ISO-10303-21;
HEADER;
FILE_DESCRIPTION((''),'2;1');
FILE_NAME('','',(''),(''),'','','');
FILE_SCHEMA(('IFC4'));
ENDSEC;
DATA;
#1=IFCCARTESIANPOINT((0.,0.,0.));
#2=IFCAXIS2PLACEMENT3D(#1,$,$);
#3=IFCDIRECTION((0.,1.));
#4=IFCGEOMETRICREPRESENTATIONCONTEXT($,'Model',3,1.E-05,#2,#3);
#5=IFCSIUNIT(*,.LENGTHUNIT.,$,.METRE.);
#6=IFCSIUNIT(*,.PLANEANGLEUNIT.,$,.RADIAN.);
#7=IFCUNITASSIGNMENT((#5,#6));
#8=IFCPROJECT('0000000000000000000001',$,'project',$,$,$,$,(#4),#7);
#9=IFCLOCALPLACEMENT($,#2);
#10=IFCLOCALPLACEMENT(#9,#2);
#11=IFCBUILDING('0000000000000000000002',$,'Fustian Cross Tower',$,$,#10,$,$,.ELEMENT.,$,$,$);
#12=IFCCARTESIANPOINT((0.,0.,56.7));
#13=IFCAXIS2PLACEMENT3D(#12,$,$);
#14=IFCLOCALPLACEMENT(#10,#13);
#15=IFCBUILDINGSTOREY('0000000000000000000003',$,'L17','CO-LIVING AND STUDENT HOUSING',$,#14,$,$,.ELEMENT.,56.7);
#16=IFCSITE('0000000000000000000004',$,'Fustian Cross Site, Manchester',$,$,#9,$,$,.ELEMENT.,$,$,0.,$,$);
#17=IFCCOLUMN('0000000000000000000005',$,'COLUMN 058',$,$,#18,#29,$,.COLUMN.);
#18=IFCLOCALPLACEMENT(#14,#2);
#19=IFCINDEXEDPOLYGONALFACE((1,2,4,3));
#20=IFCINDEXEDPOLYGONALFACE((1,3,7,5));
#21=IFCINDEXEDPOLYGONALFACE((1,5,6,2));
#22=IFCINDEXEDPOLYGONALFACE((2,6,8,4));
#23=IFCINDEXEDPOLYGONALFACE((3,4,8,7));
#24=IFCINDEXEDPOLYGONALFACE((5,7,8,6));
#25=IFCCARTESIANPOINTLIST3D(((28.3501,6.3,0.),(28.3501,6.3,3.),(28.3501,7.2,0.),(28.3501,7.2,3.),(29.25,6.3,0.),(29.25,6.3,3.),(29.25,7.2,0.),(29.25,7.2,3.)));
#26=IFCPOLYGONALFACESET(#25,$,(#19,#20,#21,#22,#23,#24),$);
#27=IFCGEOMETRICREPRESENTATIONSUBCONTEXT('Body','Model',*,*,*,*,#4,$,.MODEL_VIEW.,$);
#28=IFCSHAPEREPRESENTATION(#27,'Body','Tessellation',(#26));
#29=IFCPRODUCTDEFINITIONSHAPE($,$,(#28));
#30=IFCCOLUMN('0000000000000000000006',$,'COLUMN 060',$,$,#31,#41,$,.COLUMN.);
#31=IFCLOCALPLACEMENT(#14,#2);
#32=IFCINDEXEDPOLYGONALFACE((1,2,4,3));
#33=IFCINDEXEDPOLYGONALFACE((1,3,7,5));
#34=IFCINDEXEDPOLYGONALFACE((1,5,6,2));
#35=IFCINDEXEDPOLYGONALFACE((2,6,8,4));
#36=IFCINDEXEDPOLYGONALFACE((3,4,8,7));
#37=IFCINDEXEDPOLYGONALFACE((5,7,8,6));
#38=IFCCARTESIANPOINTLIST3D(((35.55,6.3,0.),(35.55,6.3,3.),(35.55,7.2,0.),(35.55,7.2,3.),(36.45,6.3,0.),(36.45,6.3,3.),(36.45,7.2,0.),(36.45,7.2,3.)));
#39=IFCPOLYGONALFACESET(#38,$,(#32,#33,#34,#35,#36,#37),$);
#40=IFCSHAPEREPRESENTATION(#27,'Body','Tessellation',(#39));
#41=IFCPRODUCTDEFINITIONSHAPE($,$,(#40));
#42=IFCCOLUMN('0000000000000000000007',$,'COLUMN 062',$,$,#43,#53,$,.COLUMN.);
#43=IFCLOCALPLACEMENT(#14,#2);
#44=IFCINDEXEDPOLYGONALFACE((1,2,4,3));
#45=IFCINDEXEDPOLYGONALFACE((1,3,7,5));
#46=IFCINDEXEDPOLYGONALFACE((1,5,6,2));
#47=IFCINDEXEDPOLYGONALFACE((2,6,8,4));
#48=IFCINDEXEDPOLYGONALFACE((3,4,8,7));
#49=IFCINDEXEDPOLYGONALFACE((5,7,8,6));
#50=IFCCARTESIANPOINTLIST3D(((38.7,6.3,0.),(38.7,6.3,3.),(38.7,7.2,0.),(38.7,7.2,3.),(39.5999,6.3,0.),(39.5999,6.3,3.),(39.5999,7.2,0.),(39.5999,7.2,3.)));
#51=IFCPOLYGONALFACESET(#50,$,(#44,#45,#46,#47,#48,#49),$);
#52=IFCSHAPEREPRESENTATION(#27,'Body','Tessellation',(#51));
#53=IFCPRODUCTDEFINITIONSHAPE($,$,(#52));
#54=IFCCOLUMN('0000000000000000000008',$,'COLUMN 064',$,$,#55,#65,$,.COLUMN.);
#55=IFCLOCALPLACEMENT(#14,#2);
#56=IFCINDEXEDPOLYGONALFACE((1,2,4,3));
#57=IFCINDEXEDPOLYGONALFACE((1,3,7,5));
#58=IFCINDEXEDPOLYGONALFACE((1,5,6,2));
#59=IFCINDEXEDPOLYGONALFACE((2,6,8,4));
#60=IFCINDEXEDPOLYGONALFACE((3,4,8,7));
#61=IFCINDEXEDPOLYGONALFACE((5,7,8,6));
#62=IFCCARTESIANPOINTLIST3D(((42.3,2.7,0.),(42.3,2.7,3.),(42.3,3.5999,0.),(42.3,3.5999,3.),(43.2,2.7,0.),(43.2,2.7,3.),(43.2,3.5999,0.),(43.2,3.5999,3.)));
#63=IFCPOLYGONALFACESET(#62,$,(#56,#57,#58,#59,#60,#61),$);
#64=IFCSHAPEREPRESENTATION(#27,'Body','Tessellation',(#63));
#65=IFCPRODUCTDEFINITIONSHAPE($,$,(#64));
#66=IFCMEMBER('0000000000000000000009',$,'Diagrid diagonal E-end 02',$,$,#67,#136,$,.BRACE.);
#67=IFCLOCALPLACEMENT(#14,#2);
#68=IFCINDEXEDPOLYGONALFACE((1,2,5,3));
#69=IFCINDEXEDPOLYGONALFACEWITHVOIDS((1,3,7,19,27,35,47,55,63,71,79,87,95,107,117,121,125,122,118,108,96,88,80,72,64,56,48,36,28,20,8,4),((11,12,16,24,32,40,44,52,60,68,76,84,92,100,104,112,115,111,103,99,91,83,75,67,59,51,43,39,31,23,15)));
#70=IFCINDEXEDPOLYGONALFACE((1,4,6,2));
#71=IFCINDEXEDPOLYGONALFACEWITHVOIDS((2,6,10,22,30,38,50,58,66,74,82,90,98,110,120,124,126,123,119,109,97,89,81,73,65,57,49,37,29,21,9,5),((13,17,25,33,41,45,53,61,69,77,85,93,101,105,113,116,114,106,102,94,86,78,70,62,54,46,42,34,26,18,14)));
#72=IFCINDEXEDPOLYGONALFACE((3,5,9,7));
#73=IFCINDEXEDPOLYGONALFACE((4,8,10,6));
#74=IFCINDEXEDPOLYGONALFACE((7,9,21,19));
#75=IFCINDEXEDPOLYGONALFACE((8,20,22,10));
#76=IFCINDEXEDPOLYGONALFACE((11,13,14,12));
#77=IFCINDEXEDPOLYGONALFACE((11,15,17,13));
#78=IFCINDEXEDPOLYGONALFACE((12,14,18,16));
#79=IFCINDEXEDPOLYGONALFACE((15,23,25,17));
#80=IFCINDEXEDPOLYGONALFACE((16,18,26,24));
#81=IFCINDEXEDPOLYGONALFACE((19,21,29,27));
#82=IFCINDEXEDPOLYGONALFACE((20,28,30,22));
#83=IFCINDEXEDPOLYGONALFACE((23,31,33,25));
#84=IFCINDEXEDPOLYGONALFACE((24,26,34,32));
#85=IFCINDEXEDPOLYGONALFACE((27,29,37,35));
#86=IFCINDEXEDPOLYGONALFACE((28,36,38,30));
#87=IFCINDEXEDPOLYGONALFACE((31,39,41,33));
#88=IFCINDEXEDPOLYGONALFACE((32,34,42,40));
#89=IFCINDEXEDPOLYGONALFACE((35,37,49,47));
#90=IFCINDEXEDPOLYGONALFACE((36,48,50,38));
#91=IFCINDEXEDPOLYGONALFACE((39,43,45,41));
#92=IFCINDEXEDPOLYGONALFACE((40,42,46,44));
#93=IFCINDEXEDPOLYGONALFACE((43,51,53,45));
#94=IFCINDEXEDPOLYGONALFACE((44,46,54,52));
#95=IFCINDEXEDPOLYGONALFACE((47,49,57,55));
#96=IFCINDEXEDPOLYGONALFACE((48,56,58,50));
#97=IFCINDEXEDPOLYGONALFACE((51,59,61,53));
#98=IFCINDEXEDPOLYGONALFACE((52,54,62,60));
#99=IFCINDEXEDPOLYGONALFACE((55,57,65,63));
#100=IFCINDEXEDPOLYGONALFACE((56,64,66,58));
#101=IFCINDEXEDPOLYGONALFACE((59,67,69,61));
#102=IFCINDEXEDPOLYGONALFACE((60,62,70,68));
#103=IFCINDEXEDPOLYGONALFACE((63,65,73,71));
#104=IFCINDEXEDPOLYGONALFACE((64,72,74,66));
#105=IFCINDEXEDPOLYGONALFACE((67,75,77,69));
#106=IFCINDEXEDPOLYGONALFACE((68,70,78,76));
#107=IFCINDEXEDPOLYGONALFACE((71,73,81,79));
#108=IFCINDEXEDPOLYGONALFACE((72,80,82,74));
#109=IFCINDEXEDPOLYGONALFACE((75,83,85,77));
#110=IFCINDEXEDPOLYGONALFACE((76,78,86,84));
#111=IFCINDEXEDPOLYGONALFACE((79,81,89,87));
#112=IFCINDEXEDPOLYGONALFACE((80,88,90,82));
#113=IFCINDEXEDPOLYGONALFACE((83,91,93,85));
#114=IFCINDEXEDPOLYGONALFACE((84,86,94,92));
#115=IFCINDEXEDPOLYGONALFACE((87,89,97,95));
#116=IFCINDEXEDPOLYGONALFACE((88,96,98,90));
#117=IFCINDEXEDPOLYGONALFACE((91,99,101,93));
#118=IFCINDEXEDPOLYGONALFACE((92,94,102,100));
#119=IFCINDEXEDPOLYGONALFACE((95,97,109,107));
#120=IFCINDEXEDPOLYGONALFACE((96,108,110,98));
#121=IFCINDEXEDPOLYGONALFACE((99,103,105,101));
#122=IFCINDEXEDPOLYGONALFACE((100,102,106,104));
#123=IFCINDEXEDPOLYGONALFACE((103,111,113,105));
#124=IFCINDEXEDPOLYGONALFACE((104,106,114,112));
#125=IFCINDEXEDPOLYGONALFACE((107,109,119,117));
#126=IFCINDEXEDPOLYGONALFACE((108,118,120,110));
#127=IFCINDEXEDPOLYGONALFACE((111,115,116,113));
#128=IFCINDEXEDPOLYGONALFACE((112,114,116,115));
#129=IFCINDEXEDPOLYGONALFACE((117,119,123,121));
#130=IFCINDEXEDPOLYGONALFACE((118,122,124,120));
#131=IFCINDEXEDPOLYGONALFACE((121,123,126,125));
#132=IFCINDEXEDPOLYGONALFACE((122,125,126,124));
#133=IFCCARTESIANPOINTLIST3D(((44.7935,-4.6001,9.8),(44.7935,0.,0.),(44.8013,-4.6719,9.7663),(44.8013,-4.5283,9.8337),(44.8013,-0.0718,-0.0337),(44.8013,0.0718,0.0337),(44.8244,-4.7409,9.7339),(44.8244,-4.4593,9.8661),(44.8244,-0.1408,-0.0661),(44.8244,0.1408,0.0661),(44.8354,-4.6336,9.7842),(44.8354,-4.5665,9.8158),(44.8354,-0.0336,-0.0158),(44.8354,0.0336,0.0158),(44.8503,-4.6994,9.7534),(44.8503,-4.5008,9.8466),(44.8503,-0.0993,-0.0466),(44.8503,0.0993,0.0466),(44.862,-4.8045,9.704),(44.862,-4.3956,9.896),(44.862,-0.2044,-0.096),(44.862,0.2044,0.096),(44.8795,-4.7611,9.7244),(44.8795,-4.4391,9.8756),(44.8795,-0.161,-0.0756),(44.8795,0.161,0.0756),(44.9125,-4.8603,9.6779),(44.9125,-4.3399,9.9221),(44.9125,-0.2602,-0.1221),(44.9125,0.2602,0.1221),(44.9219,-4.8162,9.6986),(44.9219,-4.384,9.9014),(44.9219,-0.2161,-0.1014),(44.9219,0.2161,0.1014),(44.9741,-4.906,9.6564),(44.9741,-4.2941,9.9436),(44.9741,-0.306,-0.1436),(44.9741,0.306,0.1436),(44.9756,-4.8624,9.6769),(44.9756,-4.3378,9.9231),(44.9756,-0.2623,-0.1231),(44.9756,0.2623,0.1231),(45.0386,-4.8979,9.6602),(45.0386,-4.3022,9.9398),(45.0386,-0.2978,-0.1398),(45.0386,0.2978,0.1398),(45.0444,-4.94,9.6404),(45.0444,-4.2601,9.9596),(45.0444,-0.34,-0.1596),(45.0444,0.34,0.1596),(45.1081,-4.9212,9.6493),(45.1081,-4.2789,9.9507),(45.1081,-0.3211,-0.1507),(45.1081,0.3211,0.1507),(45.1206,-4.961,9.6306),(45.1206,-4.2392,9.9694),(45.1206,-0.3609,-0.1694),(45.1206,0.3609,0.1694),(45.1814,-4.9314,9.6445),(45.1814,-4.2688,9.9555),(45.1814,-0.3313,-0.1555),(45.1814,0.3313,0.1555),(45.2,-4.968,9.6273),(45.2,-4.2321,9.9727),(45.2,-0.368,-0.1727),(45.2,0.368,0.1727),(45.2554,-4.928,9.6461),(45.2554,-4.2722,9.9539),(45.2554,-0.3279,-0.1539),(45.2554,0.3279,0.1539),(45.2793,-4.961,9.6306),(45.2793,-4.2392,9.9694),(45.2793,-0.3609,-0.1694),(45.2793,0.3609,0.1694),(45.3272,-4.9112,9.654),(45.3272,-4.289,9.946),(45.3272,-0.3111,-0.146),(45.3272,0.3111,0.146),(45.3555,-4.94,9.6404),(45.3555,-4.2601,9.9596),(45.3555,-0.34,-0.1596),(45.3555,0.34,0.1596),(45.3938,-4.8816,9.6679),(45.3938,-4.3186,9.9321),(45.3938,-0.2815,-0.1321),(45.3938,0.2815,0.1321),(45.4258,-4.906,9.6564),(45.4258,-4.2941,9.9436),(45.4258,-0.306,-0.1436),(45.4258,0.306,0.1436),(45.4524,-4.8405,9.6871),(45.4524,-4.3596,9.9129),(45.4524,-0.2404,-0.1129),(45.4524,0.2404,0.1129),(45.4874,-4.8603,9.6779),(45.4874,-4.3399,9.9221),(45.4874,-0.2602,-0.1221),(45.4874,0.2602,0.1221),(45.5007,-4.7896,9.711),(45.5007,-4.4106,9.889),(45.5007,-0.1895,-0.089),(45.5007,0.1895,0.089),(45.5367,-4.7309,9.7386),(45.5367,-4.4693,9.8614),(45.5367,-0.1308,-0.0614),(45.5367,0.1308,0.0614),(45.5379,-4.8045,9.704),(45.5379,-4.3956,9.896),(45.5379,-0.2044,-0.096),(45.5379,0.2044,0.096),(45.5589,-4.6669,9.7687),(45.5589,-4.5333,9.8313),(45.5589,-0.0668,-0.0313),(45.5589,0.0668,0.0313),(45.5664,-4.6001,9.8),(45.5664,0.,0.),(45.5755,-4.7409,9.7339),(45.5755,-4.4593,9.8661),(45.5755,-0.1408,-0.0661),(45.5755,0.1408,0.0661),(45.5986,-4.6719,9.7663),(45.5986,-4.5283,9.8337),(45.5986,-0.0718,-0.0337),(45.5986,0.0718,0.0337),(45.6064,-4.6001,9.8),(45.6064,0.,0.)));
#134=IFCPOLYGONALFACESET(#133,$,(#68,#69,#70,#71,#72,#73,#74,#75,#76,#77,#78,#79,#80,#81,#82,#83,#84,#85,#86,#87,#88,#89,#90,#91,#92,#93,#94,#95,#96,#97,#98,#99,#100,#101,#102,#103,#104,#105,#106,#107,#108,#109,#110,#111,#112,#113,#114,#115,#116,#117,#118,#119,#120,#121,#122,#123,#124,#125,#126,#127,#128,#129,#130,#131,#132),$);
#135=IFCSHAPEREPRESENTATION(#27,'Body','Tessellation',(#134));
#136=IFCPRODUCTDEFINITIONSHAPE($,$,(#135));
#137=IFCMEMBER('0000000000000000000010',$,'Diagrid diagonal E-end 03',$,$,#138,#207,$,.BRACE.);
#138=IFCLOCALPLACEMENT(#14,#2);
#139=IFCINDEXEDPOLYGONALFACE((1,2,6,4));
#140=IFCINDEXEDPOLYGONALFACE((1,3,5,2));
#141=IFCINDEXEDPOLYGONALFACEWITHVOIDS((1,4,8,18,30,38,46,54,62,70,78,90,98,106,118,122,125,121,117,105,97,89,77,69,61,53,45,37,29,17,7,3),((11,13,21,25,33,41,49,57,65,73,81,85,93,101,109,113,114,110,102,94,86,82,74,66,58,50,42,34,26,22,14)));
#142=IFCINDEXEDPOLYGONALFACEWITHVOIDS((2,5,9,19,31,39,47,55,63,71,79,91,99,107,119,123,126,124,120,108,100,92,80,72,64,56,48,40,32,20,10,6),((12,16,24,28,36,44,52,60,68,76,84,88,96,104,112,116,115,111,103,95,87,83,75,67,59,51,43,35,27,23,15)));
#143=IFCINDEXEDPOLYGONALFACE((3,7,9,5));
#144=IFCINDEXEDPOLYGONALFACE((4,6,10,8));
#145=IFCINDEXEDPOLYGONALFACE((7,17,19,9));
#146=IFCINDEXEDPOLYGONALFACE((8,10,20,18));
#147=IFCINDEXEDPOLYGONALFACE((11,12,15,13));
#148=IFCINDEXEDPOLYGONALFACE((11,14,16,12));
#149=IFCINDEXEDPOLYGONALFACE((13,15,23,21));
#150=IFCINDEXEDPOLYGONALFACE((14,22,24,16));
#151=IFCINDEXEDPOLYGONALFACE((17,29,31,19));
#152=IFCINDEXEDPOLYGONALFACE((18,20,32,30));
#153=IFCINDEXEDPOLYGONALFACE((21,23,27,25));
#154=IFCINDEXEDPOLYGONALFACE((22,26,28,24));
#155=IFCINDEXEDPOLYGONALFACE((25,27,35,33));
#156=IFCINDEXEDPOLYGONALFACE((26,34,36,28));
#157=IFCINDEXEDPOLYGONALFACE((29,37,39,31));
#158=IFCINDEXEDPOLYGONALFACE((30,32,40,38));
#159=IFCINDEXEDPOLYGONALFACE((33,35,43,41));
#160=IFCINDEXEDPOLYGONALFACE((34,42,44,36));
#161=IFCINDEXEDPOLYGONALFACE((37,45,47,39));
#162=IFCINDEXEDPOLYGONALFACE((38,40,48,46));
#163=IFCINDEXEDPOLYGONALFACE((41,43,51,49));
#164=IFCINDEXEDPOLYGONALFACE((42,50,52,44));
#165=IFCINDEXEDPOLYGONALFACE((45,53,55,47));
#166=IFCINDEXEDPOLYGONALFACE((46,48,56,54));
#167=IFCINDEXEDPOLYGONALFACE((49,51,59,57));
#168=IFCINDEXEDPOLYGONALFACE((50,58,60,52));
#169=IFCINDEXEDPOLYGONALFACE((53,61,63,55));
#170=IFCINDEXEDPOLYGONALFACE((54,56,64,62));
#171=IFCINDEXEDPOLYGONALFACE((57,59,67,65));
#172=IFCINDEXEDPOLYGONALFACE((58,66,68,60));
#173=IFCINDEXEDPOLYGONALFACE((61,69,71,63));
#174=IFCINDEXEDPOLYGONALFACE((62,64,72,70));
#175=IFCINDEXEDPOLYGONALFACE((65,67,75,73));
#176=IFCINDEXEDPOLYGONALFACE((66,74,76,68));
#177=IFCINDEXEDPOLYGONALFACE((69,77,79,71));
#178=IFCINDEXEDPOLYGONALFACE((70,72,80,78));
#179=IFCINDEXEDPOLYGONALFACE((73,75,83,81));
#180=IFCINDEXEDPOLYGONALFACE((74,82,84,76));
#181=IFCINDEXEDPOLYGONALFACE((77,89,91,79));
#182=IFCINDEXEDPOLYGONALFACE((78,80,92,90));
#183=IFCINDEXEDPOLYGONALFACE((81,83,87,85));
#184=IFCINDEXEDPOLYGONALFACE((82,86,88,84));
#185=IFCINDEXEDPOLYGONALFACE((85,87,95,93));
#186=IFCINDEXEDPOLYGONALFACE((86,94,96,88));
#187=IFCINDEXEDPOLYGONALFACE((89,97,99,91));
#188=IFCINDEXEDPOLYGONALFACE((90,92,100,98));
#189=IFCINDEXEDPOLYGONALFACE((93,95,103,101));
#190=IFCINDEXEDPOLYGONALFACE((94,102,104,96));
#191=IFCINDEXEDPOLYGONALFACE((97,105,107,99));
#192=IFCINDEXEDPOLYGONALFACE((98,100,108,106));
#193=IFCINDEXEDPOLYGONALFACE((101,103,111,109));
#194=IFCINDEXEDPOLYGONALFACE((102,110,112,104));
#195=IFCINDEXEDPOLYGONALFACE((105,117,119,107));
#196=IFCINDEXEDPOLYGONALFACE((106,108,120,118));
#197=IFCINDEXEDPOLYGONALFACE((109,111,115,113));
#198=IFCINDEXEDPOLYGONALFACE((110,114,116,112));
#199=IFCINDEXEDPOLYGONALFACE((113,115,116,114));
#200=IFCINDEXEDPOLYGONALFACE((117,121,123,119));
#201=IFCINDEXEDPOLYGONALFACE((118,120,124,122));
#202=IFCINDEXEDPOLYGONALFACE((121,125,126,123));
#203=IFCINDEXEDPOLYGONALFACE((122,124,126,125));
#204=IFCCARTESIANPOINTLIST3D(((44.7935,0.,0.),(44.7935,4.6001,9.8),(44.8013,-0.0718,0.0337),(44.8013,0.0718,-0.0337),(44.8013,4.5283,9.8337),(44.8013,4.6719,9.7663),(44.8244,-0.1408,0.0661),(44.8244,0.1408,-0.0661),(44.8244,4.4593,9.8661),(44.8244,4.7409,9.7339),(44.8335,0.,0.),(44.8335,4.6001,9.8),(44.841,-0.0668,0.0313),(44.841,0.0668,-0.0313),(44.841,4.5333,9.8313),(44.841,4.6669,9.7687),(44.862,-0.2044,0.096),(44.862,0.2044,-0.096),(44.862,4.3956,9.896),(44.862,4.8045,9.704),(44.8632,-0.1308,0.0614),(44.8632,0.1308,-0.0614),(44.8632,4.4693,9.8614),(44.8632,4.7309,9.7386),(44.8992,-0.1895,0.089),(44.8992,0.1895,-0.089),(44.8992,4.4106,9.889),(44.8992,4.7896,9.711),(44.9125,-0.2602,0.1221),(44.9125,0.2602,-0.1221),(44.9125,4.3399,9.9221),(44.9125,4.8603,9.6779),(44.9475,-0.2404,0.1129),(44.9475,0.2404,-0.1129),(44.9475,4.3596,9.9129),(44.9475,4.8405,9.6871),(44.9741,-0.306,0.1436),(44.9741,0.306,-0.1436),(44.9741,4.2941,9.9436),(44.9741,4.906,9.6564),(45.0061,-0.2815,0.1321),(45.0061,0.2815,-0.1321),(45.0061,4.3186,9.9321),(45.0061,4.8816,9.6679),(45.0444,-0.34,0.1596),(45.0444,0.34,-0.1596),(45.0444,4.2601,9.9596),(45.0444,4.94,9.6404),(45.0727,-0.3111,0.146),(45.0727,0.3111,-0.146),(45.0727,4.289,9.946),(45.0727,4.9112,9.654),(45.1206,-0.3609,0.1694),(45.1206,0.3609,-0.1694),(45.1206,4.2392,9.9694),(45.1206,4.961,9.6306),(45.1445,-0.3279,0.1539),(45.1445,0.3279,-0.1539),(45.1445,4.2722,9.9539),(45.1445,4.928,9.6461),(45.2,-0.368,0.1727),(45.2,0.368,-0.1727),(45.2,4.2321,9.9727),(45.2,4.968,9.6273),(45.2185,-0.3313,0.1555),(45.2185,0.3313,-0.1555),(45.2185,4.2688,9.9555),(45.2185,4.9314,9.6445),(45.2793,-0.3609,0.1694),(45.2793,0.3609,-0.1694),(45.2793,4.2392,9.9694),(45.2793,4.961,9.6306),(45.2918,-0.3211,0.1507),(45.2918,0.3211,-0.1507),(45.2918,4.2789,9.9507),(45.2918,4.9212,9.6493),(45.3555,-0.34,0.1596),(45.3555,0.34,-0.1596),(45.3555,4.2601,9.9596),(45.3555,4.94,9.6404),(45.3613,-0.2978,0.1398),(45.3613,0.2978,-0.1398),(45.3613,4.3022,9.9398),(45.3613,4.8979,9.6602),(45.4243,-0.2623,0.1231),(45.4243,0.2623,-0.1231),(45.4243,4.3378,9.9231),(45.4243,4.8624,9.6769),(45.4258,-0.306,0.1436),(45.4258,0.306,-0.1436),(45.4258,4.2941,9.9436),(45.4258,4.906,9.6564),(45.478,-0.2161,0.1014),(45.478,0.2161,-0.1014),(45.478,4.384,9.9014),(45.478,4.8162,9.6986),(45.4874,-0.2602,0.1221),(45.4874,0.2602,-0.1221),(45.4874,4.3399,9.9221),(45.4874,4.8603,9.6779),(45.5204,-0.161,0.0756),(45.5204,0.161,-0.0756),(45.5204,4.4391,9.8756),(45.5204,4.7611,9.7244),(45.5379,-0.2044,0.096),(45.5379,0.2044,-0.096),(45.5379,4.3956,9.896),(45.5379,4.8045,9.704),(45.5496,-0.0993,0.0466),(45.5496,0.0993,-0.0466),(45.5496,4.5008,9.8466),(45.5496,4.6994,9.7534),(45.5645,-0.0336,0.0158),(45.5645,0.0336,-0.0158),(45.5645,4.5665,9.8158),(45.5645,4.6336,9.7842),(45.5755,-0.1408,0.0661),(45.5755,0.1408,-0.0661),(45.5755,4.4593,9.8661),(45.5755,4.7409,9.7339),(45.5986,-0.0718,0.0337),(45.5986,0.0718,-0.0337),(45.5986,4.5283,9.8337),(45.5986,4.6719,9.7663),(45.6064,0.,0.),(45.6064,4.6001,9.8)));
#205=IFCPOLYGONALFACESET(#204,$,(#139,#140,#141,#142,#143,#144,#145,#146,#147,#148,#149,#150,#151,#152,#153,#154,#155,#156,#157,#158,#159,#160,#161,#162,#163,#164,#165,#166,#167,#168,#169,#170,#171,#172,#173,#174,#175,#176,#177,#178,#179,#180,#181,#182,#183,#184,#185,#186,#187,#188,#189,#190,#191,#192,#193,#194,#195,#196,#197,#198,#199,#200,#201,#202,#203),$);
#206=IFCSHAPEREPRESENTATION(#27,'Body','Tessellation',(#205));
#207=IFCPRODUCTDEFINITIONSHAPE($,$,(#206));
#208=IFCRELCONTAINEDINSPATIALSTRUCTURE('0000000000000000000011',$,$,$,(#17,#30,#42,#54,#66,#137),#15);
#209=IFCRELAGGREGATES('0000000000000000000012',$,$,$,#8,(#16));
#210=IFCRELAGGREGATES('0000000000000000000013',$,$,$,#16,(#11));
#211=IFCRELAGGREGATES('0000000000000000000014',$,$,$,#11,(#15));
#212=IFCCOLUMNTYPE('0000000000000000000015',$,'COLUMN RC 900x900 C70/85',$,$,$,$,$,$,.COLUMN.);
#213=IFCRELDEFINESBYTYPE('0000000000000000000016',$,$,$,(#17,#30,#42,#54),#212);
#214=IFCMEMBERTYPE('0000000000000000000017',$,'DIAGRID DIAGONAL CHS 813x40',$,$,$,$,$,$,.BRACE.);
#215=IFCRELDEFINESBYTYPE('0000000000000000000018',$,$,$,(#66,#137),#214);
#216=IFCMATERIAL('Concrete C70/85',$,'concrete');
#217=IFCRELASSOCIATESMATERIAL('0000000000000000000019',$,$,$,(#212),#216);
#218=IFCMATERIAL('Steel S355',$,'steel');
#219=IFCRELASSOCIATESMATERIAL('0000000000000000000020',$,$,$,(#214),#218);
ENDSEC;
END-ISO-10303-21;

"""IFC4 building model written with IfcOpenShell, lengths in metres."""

from ifc_helpers import new_model, si_unit, direction, frame, origin, origin_2d, place, context, subcontext, project, spatial, rectangle, hollow_circle, extrude, material, material_profile, profile_set, type_object, element, save


model = new_model("IFC4")

# Units and contexts
model_context = context("Model", 3, precision=1e-05, world=origin(), true_north=direction((0.0, 1.0)))
body_context = subcontext(model_context, "Body", "Model", "MODEL_VIEW")
ifc_project = project(units=[si_unit("LENGTHUNIT", "METRE"), si_unit("PLANEANGLEUNIT", "RADIAN")], contexts=[model_context])

# Site, building, storey
site_placement = place(None, origin())
site = spatial("IfcSite", under=ifc_project, at=site_placement, Name="Fustian Cross Site, Manchester", CompositionType="ELEMENT", RefElevation=0.0)
building_placement = place(site_placement, origin())
building = spatial("IfcBuilding", under=site, at=building_placement, Name="Fustian Cross Tower", CompositionType="ELEMENT")
storey_placement = place(building_placement, frame((0.0, 0.0, 56.7)))
storey = spatial("IfcBuildingStorey", under=building, at=storey_placement, Name="L17", Description="CO-LIVING AND STUDENT HOUSING", CompositionType="ELEMENT", Elevation=56.7)

# Columns
ifc_material_1 = material(Name="Concrete C70/85", Category="concrete")
ifc_material_profile_1 = material_profile(ifc_material_1, rectangle(XDim=0.8999, YDim=0.8999, at=origin_2d()), Name="RC 900x900")
ifc_profile_set_1 = profile_set([ifc_material_profile_1], Name="Concrete C70/85")
column_type = type_object("IfcColumnType", Name="COLUMN RC 900x900 C70/85", PredefinedType="COLUMN", material=ifc_profile_set_1)
for number, where, z_axis, x_axis, name in (
    (1, (28.8, 6.75, 0.0), (0.0, 0.0, 1.0), (1.0, 0.0, 0.0), "COLUMN 058"),
    (2, (36.0, 6.75, 0.0), (0.0, 0.0, 1.0), (1.0, 0.0, 0.0), "COLUMN 060"),
    (3, (39.1499, 6.75, 0.0), (0.0, 0.0, 1.0), (1.0, 0.0, 0.0), "COLUMN 062"),
    (4, (42.75, 3.1499, 0.0), (0.0, 0.0, 1.0), (1.0, 0.0, 0.0), "COLUMN 064"),
):
    element("IfcColumn", number, at=place(storey_placement, frame(where, z_axis=z_axis, x_axis=x_axis)), inside=storey, type_object=column_type, Name=name, PredefinedType="COLUMN", context=body_context, shape_type="SweptSolid", body=[
        extrude(rectangle(XDim=0.8999, YDim=0.8999, at=origin_2d()), origin(), (0.0, 0.0, 1.0), 3.0),
    ])

# Members
ifc_material_2 = material(Name="Steel S355", Category="steel")
ifc_material_profile_2 = material_profile(ifc_material_2, hollow_circle(Radius=0.4065, WallThickness=0.04, at=origin_2d()), Name="CHS 813x40")
ifc_profile_set_2 = profile_set([ifc_material_profile_2], Name="Steel S355")
member_type = type_object("IfcMemberType", Name="DIAGRID DIAGONAL CHS 813x40", PredefinedType="BRACE", material=ifc_profile_set_2)
for number, where, z_axis, x_axis, name in (
    (5, (45.2, 0.0, 0.0), (0.0, -0.424913, 0.905234), (1.0, 0.0, 0.0), "Diagrid diagonal E-end 02"),
    (6, (45.2, 0.0, 0.0), (0.0, 0.424913, 0.905234), (-1.0, 0.0, 0.0), "Diagrid diagonal E-end 03"),
):
    element("IfcMember", number, at=place(storey_placement, frame(where, z_axis=z_axis, x_axis=x_axis)), inside=storey, type_object=member_type, Name=name, PredefinedType="BRACE", context=body_context, shape_type="SweptSolid", body=[
        extrude(hollow_circle(Radius=0.4065, WallThickness=0.04, at=origin_2d()), origin(), (0.0, 0.0, 1.0), 10.8259),
    ])

save(model, "model.ifc")
